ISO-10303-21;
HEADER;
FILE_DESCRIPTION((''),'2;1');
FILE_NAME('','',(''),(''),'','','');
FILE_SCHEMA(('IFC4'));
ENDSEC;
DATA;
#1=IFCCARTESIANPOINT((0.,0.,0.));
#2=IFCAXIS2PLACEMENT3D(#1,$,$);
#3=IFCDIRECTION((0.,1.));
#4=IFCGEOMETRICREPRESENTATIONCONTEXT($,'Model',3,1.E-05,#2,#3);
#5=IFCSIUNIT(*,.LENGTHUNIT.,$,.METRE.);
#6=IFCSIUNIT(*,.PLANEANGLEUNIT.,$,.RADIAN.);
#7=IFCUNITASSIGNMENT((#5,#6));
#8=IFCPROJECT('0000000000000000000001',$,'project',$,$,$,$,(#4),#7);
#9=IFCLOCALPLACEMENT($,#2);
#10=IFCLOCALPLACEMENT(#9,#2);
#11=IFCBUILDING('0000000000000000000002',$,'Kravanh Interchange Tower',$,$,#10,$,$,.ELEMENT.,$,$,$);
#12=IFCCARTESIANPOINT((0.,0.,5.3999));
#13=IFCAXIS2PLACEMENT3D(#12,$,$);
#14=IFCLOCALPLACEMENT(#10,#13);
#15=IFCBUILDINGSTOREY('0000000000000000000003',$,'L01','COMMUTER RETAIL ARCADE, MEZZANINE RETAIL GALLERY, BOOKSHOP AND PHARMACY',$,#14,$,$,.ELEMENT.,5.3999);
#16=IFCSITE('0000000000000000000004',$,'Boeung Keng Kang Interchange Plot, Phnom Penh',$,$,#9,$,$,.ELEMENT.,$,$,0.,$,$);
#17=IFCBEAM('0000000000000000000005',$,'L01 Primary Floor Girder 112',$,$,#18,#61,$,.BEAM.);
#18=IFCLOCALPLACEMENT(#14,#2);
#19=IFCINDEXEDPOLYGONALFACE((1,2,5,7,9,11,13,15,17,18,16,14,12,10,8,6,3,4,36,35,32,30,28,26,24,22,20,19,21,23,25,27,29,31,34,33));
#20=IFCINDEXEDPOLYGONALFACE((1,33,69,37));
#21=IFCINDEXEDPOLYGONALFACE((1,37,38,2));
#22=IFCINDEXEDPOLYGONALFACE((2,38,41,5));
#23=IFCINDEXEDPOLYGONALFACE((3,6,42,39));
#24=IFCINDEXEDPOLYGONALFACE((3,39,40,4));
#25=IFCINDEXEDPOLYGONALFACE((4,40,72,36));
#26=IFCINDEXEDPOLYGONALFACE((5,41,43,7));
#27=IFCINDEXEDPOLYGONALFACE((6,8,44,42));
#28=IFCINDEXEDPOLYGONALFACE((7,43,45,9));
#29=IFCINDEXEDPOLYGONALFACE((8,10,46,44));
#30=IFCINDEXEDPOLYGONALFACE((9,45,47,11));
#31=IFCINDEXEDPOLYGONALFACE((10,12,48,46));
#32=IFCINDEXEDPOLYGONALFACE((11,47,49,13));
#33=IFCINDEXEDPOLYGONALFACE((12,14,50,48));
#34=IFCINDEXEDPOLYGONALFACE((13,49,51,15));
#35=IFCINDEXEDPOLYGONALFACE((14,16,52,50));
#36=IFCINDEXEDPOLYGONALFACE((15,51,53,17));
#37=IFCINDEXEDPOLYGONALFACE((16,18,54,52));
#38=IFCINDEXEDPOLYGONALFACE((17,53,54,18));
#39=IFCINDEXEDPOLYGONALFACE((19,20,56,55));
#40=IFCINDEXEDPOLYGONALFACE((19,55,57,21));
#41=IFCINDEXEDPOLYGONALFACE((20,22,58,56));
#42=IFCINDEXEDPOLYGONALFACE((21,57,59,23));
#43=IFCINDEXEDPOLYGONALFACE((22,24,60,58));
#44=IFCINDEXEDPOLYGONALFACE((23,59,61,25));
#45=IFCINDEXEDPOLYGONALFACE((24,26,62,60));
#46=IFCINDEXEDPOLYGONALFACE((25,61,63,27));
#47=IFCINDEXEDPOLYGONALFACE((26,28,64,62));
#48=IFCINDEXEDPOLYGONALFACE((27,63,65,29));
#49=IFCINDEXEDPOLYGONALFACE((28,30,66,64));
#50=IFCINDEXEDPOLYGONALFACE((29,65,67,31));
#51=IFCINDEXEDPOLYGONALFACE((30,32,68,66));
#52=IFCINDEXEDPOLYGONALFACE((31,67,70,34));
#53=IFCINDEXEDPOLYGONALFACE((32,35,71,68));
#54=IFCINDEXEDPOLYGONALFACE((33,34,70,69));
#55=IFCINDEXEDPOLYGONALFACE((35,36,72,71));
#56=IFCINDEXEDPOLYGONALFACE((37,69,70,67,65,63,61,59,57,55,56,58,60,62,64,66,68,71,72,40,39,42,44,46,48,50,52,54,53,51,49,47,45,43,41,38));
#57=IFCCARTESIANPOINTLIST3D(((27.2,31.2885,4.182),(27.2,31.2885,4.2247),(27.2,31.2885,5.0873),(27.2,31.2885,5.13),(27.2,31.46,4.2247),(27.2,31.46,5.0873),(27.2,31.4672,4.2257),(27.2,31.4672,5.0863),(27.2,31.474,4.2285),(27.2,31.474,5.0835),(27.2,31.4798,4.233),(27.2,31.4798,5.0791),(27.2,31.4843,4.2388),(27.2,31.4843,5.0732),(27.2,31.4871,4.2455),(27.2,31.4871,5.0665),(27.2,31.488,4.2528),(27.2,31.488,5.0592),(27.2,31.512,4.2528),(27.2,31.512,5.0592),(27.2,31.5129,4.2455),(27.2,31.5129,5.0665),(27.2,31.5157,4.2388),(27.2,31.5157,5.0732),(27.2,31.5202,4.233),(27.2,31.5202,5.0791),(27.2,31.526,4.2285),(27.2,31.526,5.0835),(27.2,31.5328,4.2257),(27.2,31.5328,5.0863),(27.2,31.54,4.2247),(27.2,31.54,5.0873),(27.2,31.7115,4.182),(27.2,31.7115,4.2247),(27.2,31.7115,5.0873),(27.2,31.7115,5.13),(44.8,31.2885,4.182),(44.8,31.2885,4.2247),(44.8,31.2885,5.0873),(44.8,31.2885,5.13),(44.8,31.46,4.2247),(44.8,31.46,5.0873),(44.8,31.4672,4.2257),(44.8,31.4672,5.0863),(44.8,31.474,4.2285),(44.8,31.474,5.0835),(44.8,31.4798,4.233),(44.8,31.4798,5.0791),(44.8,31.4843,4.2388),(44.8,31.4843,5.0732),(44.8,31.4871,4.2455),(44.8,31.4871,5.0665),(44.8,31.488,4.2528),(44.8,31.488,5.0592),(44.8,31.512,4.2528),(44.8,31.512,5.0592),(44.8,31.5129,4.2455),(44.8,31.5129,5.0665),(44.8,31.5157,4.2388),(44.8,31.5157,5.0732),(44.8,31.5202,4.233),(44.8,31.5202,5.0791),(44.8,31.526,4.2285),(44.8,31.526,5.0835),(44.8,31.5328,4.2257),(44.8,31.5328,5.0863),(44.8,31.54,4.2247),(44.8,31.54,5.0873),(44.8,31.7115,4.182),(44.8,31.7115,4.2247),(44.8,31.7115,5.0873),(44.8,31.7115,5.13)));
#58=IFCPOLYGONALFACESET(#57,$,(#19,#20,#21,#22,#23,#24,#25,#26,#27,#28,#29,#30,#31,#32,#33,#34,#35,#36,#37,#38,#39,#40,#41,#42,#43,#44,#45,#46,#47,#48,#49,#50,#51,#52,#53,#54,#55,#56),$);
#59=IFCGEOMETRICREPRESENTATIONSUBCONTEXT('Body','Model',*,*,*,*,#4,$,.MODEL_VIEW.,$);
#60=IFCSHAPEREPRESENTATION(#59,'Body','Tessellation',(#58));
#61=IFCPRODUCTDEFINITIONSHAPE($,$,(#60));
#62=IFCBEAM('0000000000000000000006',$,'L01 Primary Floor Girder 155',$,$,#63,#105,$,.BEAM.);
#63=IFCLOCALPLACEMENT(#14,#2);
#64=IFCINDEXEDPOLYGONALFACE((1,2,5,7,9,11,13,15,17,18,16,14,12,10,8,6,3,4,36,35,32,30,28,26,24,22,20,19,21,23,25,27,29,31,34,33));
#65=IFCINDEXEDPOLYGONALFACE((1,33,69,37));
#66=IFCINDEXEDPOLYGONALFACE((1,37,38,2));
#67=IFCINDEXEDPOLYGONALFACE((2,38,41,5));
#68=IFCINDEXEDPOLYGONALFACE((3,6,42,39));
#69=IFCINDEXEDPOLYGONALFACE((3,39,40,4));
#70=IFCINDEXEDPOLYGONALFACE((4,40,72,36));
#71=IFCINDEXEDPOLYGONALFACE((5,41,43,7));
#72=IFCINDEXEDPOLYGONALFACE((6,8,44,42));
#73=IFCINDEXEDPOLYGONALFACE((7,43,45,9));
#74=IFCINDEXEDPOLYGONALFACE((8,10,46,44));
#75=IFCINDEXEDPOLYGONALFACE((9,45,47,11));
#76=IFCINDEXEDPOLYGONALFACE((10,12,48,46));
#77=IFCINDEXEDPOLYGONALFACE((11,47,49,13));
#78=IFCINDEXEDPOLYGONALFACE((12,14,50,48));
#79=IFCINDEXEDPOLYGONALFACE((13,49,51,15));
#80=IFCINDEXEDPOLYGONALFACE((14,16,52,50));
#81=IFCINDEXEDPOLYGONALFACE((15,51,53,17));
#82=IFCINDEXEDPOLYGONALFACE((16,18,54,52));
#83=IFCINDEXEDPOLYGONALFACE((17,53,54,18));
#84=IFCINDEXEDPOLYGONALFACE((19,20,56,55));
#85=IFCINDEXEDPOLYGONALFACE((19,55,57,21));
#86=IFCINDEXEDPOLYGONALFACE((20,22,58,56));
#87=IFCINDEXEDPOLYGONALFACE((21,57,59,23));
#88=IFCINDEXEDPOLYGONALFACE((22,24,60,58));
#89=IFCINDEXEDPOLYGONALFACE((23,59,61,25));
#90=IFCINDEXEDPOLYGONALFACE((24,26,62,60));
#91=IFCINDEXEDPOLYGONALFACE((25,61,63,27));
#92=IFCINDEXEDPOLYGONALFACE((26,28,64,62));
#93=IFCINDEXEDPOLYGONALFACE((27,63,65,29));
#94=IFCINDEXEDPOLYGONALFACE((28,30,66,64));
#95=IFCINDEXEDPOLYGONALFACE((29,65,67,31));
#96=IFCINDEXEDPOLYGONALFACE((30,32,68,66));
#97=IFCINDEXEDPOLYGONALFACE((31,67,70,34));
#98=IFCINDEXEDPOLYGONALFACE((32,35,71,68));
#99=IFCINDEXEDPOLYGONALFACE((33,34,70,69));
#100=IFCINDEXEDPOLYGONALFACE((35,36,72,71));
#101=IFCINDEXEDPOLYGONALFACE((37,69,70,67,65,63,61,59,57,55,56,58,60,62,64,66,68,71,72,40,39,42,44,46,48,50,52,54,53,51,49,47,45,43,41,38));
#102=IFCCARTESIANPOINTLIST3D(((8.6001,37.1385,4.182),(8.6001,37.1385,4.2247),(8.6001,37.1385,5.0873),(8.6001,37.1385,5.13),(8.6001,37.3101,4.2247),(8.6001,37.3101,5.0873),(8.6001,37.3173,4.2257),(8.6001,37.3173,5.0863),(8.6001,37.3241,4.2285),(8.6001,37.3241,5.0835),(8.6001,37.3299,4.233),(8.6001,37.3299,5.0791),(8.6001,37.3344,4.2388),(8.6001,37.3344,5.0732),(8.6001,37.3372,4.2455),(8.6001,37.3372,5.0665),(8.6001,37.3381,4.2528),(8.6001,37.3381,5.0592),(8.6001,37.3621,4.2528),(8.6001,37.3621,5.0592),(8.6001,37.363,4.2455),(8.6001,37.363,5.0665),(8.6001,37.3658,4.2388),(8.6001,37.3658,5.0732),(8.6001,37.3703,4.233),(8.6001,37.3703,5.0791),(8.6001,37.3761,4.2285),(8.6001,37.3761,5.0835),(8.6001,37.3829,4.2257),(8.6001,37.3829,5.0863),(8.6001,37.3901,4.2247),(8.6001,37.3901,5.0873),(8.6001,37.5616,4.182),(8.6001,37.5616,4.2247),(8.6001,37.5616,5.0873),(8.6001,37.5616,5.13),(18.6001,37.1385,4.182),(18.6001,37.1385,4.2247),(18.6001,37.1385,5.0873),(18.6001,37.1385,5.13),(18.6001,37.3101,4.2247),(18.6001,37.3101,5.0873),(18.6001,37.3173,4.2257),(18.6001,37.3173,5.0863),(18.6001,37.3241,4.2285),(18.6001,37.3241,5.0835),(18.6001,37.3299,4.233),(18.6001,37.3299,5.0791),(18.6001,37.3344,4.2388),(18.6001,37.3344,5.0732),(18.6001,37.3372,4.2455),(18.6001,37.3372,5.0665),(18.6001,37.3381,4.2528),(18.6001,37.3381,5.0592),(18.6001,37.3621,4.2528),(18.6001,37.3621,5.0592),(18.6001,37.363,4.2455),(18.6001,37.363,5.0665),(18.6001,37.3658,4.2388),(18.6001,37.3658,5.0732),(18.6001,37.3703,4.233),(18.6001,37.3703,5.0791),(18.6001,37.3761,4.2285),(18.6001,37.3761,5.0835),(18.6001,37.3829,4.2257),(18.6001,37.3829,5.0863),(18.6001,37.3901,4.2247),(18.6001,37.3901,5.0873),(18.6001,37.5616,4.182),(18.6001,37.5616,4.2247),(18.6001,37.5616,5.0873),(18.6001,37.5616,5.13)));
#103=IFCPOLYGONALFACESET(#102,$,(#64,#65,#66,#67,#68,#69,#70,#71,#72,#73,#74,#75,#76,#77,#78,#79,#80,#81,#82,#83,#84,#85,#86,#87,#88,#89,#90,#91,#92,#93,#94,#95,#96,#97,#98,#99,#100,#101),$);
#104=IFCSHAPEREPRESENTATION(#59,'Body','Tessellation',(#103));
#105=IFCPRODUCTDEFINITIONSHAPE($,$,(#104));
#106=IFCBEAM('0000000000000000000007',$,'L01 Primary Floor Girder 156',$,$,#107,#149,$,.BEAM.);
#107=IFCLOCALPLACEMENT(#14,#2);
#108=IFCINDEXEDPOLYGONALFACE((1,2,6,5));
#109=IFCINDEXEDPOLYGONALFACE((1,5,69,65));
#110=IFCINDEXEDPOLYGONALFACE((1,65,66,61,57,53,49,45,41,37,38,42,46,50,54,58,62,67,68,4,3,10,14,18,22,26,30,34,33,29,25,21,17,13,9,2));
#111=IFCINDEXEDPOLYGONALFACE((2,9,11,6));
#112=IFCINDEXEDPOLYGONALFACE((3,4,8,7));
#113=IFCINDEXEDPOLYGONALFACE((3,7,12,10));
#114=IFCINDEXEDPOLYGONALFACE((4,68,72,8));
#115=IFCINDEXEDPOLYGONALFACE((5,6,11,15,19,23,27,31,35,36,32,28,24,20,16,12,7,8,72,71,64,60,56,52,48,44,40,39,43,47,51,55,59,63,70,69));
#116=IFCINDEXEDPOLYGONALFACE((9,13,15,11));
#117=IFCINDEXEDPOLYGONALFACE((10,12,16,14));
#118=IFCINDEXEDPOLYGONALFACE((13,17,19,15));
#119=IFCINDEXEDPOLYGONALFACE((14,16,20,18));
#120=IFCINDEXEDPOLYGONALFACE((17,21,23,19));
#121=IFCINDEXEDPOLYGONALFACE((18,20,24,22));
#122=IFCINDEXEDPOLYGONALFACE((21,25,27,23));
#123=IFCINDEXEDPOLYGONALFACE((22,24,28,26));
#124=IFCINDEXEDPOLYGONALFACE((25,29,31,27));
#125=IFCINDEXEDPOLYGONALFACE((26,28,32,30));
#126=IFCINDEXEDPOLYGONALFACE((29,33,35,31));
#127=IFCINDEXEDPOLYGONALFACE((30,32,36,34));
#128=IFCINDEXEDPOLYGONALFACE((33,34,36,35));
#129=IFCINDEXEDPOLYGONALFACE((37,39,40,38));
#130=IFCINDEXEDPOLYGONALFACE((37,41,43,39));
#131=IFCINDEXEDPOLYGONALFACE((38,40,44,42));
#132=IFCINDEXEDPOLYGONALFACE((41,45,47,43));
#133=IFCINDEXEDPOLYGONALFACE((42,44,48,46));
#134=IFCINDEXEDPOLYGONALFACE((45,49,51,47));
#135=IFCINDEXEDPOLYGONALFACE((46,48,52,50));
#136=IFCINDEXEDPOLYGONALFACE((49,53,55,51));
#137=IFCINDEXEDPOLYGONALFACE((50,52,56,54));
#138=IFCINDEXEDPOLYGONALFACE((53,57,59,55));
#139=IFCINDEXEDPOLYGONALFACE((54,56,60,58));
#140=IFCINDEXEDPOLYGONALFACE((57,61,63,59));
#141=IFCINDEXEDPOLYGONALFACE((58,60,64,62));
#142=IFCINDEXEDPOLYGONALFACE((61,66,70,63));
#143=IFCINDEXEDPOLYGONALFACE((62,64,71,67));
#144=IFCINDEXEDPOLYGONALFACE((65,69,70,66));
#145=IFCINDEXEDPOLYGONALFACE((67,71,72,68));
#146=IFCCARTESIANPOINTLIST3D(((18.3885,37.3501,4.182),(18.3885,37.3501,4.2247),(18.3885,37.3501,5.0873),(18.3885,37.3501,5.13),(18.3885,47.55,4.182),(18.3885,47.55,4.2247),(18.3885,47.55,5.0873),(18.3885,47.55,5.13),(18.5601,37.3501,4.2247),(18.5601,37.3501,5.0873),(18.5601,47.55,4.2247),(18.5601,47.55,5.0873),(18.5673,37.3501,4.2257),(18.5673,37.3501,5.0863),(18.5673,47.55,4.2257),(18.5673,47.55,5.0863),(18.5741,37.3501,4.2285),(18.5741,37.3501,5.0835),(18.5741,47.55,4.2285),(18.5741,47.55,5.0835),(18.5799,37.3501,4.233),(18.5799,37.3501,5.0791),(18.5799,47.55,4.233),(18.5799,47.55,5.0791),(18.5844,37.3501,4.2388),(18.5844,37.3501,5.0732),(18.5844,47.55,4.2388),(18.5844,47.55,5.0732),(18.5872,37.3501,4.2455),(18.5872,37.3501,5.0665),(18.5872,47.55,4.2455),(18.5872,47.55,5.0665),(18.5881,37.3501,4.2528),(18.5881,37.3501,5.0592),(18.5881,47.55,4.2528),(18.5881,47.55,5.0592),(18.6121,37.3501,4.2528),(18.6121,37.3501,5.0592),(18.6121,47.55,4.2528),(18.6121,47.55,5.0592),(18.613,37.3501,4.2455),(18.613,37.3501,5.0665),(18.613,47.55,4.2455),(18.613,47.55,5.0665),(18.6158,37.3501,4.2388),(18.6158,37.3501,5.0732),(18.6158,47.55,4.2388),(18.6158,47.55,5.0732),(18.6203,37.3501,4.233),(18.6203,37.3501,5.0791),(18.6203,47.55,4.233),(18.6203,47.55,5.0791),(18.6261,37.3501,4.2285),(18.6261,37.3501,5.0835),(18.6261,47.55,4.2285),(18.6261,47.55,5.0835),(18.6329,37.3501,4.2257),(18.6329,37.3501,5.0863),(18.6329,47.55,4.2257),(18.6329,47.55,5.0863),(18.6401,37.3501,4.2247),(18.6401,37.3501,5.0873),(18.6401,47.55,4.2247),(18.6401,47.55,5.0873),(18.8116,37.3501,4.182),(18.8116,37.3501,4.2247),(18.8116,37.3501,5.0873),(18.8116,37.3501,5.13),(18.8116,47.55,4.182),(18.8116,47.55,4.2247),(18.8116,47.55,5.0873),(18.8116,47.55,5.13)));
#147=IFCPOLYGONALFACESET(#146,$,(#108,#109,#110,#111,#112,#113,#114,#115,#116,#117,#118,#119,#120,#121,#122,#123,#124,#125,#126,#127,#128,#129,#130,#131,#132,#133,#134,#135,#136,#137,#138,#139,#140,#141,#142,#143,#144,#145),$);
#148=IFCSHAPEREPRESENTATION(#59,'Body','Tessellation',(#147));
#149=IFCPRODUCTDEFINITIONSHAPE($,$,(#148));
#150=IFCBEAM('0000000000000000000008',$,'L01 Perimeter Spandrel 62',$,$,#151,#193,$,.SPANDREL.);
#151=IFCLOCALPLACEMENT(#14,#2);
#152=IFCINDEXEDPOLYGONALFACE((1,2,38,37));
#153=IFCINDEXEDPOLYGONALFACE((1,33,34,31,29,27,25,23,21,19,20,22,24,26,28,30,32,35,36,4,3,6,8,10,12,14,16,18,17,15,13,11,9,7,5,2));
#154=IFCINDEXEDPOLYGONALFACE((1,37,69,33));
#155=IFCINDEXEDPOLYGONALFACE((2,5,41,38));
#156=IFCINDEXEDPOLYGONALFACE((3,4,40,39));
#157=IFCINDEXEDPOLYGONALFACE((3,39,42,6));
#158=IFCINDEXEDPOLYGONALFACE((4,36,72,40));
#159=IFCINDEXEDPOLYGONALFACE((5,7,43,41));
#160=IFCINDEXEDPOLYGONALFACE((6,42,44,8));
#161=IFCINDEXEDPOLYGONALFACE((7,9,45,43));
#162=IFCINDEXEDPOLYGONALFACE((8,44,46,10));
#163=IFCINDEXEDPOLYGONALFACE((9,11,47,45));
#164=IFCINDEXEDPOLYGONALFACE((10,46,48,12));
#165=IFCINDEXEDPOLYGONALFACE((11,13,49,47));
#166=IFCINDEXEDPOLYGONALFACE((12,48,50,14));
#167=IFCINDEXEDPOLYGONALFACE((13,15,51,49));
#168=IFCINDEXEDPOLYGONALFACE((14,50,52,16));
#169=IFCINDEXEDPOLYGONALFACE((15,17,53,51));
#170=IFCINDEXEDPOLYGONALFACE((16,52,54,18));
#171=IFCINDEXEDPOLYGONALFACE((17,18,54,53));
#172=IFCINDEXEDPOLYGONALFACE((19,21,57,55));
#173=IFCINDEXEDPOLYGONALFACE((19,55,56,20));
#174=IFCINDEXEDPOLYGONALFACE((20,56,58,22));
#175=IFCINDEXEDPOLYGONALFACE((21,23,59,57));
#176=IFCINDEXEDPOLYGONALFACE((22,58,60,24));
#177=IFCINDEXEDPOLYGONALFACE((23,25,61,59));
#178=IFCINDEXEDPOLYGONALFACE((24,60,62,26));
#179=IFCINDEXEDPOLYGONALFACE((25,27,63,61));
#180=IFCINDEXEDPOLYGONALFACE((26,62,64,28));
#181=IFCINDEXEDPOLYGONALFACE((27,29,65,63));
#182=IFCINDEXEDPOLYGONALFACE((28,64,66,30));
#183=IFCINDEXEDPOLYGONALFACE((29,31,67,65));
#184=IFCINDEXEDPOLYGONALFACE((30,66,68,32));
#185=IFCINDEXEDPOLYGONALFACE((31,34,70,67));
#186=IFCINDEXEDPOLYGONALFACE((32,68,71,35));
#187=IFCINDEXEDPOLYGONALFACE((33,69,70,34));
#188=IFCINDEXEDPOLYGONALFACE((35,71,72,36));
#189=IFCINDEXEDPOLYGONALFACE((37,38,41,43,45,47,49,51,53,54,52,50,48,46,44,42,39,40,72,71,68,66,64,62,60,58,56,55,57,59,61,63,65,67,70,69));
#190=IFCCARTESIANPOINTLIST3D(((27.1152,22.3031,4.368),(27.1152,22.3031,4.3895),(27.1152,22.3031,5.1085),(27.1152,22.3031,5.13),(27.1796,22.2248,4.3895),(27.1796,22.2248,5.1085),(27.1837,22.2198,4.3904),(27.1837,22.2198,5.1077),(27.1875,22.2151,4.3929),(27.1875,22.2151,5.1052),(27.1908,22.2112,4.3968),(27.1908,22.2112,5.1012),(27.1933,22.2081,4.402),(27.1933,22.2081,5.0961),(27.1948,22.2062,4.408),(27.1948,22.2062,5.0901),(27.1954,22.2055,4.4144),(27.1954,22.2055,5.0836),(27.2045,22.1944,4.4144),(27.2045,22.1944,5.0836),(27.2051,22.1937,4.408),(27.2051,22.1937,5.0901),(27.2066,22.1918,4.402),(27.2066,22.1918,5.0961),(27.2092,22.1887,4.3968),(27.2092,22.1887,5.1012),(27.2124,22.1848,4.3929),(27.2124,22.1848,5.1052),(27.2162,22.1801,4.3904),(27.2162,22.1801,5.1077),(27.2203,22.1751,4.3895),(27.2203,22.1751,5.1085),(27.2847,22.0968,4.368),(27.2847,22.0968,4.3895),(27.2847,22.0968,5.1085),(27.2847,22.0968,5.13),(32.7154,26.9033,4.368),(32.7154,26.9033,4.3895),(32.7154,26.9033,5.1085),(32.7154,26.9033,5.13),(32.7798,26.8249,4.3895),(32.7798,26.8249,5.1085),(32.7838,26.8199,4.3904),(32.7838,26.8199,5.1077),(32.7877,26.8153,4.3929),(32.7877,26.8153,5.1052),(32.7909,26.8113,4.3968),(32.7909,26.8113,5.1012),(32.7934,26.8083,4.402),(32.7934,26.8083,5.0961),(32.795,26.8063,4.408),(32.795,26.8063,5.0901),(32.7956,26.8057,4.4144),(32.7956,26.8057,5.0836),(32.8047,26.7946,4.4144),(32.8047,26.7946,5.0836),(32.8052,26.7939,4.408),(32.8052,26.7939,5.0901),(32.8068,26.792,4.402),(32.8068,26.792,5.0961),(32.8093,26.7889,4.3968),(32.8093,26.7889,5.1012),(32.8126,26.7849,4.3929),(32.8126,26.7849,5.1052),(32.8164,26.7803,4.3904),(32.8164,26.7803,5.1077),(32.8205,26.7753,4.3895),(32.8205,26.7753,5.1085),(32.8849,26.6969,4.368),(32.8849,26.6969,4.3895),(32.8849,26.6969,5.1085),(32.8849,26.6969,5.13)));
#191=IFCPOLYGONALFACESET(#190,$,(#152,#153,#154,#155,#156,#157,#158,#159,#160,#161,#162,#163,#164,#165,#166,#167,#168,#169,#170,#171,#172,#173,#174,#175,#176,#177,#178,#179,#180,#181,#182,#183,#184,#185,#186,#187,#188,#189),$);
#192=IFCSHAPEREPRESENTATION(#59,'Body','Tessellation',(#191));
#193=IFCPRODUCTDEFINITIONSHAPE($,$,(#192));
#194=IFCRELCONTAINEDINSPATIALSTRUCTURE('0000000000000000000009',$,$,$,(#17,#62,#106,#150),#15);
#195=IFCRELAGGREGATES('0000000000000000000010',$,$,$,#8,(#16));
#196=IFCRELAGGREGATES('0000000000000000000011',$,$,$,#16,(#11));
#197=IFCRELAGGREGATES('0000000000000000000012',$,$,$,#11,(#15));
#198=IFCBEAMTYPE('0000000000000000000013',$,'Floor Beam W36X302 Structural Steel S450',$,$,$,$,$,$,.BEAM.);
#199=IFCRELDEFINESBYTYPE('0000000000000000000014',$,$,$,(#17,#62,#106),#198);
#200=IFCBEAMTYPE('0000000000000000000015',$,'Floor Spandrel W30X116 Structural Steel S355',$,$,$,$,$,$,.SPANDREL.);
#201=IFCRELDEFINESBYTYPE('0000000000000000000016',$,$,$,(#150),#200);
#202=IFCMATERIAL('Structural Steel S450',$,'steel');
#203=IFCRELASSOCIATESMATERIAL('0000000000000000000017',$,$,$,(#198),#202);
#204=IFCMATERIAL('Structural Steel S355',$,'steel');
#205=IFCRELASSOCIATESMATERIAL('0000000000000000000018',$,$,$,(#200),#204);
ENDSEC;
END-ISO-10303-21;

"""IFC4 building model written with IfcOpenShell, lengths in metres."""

from ifc_helpers import new_model, si_unit, direction, frame, origin, origin_2d, place, context, subcontext, project, spatial, i_section, extrude, material, material_profile, profile_set, type_object, element, save


model = new_model("IFC4")

# Units and contexts
model_context = context("Model", 3, precision=1e-05, world=origin(), true_north=direction((0.0, 1.0)))
body_context = subcontext(model_context, "Body", "Model", "MODEL_VIEW")
ifc_project = project(units=[si_unit("LENGTHUNIT", "METRE"), si_unit("PLANEANGLEUNIT", "RADIAN")], contexts=[model_context])

# Site, building, storey
site_placement = place(None, origin())
site = spatial("IfcSite", under=ifc_project, at=site_placement, Name="Boeung Keng Kang Interchange Plot, Phnom Penh", CompositionType="ELEMENT", RefElevation=0.0)
building_placement = place(site_placement, origin())
building = spatial("IfcBuilding", under=site, at=building_placement, Name="Kravanh Interchange Tower", CompositionType="ELEMENT")
storey_placement = place(building_placement, frame((0.0, 0.0, 5.3999)))
storey = spatial("IfcBuildingStorey", under=building, at=storey_placement, Name="L01", Description="COMMUTER RETAIL ARCADE, MEZZANINE RETAIL GALLERY, BOOKSHOP AND PHARMACY", CompositionType="ELEMENT", Elevation=5.3999)

# Beams
ifc_material_1 = material(Name="Structural Steel S450", Category="steel")
ifc_material_profile_1 = material_profile(ifc_material_1, i_section(OverallWidth=0.4231, OverallDepth=0.948, WebThickness=0.0239, FlangeThickness=0.0427, FilletRadius=0.0281, at=origin_2d()), Name="W36X302")
ifc_profile_set_1 = profile_set([ifc_material_profile_1], Name="Structural Steel S450")
beam_type_1 = type_object("IfcBeamType", Name="Floor Beam W36X302 Structural Steel S450", PredefinedType="BEAM", material=ifc_profile_set_1)
beam_1_placement = place(storey_placement, frame((27.2, 31.5, 4.656), z_axis=(1.0, 0.0, 0.0), x_axis=(0.0, 1.0, 0.0)))
element("IfcBeam", 1, at=beam_1_placement, inside=storey, type_object=beam_type_1, Name="L01 Primary Floor Girder 112", PredefinedType="BEAM", context=body_context, shape_type="SweptSolid", body=[
    extrude(i_section(OverallWidth=0.4231, OverallDepth=0.948, WebThickness=0.0239, FlangeThickness=0.0427, FilletRadius=0.0281, at=origin_2d()), origin(), (0.0, 0.0, 1.0), 17.6001),
])
beam_2_placement = place(storey_placement, frame((18.6001, 37.3501, 4.656), z_axis=(-1.0, 0.0, 0.0), x_axis=(0.0, -1.0, 0.0)))
element("IfcBeam", 2, at=beam_2_placement, inside=storey, type_object=beam_type_1, Name="L01 Primary Floor Girder 155", PredefinedType="BEAM", context=body_context, shape_type="SweptSolid", body=[
    extrude(i_section(OverallWidth=0.4231, OverallDepth=0.948, WebThickness=0.0239, FlangeThickness=0.0427, FilletRadius=0.0281, at=origin_2d()), origin(), (0.0, 0.0, 1.0), 10.0),
])
beam_3_placement = place(storey_placement, frame((18.6001, 37.3501, 4.656), z_axis=(0.0, 1.0, 0.0), x_axis=(-1.0, 0.0, 0.0)))
element("IfcBeam", 3, at=beam_3_placement, inside=storey, type_object=beam_type_1, Name="L01 Primary Floor Girder 156", PredefinedType="BEAM", context=body_context, shape_type="SweptSolid", body=[
    extrude(i_section(OverallWidth=0.4231, OverallDepth=0.948, WebThickness=0.0239, FlangeThickness=0.0427, FilletRadius=0.0281, at=origin_2d()), origin(), (0.0, 0.0, 1.0), 10.2),
])
ifc_material_2 = material(Name="Structural Steel S355", Category="steel")
ifc_material_profile_2 = material_profile(ifc_material_2, i_section(OverallWidth=0.2671, OverallDepth=0.762, WebThickness=0.0144, FlangeThickness=0.0215, FilletRadius=0.0249, at=origin_2d()), Name="W30X116")
ifc_profile_set_2 = profile_set([ifc_material_profile_2], Name="Structural Steel S355")
beam_type_2 = type_object("IfcBeamType", Name="Floor Spandrel W30X116 Structural Steel S355", PredefinedType="SPANDREL", material=ifc_profile_set_2)
beam_4_placement = place(storey_placement, frame((27.2, 22.2, 4.749), z_axis=(0.772725, 0.634741, 0.0), x_axis=(-0.634741, 0.772725, 0.0)))
element("IfcBeam", 4, at=beam_4_placement, inside=storey, type_object=beam_type_2, Name="L01 Perimeter Spandrel 62", PredefinedType="SPANDREL", context=body_context, shape_type="SweptSolid", body=[
    extrude(i_section(OverallWidth=0.2671, OverallDepth=0.762, WebThickness=0.0144, FlangeThickness=0.0215, FilletRadius=0.0249, at=origin_2d()), origin(), (0.0, 0.0, 1.0), 7.2473),
])

save(model, "model.ifc")
